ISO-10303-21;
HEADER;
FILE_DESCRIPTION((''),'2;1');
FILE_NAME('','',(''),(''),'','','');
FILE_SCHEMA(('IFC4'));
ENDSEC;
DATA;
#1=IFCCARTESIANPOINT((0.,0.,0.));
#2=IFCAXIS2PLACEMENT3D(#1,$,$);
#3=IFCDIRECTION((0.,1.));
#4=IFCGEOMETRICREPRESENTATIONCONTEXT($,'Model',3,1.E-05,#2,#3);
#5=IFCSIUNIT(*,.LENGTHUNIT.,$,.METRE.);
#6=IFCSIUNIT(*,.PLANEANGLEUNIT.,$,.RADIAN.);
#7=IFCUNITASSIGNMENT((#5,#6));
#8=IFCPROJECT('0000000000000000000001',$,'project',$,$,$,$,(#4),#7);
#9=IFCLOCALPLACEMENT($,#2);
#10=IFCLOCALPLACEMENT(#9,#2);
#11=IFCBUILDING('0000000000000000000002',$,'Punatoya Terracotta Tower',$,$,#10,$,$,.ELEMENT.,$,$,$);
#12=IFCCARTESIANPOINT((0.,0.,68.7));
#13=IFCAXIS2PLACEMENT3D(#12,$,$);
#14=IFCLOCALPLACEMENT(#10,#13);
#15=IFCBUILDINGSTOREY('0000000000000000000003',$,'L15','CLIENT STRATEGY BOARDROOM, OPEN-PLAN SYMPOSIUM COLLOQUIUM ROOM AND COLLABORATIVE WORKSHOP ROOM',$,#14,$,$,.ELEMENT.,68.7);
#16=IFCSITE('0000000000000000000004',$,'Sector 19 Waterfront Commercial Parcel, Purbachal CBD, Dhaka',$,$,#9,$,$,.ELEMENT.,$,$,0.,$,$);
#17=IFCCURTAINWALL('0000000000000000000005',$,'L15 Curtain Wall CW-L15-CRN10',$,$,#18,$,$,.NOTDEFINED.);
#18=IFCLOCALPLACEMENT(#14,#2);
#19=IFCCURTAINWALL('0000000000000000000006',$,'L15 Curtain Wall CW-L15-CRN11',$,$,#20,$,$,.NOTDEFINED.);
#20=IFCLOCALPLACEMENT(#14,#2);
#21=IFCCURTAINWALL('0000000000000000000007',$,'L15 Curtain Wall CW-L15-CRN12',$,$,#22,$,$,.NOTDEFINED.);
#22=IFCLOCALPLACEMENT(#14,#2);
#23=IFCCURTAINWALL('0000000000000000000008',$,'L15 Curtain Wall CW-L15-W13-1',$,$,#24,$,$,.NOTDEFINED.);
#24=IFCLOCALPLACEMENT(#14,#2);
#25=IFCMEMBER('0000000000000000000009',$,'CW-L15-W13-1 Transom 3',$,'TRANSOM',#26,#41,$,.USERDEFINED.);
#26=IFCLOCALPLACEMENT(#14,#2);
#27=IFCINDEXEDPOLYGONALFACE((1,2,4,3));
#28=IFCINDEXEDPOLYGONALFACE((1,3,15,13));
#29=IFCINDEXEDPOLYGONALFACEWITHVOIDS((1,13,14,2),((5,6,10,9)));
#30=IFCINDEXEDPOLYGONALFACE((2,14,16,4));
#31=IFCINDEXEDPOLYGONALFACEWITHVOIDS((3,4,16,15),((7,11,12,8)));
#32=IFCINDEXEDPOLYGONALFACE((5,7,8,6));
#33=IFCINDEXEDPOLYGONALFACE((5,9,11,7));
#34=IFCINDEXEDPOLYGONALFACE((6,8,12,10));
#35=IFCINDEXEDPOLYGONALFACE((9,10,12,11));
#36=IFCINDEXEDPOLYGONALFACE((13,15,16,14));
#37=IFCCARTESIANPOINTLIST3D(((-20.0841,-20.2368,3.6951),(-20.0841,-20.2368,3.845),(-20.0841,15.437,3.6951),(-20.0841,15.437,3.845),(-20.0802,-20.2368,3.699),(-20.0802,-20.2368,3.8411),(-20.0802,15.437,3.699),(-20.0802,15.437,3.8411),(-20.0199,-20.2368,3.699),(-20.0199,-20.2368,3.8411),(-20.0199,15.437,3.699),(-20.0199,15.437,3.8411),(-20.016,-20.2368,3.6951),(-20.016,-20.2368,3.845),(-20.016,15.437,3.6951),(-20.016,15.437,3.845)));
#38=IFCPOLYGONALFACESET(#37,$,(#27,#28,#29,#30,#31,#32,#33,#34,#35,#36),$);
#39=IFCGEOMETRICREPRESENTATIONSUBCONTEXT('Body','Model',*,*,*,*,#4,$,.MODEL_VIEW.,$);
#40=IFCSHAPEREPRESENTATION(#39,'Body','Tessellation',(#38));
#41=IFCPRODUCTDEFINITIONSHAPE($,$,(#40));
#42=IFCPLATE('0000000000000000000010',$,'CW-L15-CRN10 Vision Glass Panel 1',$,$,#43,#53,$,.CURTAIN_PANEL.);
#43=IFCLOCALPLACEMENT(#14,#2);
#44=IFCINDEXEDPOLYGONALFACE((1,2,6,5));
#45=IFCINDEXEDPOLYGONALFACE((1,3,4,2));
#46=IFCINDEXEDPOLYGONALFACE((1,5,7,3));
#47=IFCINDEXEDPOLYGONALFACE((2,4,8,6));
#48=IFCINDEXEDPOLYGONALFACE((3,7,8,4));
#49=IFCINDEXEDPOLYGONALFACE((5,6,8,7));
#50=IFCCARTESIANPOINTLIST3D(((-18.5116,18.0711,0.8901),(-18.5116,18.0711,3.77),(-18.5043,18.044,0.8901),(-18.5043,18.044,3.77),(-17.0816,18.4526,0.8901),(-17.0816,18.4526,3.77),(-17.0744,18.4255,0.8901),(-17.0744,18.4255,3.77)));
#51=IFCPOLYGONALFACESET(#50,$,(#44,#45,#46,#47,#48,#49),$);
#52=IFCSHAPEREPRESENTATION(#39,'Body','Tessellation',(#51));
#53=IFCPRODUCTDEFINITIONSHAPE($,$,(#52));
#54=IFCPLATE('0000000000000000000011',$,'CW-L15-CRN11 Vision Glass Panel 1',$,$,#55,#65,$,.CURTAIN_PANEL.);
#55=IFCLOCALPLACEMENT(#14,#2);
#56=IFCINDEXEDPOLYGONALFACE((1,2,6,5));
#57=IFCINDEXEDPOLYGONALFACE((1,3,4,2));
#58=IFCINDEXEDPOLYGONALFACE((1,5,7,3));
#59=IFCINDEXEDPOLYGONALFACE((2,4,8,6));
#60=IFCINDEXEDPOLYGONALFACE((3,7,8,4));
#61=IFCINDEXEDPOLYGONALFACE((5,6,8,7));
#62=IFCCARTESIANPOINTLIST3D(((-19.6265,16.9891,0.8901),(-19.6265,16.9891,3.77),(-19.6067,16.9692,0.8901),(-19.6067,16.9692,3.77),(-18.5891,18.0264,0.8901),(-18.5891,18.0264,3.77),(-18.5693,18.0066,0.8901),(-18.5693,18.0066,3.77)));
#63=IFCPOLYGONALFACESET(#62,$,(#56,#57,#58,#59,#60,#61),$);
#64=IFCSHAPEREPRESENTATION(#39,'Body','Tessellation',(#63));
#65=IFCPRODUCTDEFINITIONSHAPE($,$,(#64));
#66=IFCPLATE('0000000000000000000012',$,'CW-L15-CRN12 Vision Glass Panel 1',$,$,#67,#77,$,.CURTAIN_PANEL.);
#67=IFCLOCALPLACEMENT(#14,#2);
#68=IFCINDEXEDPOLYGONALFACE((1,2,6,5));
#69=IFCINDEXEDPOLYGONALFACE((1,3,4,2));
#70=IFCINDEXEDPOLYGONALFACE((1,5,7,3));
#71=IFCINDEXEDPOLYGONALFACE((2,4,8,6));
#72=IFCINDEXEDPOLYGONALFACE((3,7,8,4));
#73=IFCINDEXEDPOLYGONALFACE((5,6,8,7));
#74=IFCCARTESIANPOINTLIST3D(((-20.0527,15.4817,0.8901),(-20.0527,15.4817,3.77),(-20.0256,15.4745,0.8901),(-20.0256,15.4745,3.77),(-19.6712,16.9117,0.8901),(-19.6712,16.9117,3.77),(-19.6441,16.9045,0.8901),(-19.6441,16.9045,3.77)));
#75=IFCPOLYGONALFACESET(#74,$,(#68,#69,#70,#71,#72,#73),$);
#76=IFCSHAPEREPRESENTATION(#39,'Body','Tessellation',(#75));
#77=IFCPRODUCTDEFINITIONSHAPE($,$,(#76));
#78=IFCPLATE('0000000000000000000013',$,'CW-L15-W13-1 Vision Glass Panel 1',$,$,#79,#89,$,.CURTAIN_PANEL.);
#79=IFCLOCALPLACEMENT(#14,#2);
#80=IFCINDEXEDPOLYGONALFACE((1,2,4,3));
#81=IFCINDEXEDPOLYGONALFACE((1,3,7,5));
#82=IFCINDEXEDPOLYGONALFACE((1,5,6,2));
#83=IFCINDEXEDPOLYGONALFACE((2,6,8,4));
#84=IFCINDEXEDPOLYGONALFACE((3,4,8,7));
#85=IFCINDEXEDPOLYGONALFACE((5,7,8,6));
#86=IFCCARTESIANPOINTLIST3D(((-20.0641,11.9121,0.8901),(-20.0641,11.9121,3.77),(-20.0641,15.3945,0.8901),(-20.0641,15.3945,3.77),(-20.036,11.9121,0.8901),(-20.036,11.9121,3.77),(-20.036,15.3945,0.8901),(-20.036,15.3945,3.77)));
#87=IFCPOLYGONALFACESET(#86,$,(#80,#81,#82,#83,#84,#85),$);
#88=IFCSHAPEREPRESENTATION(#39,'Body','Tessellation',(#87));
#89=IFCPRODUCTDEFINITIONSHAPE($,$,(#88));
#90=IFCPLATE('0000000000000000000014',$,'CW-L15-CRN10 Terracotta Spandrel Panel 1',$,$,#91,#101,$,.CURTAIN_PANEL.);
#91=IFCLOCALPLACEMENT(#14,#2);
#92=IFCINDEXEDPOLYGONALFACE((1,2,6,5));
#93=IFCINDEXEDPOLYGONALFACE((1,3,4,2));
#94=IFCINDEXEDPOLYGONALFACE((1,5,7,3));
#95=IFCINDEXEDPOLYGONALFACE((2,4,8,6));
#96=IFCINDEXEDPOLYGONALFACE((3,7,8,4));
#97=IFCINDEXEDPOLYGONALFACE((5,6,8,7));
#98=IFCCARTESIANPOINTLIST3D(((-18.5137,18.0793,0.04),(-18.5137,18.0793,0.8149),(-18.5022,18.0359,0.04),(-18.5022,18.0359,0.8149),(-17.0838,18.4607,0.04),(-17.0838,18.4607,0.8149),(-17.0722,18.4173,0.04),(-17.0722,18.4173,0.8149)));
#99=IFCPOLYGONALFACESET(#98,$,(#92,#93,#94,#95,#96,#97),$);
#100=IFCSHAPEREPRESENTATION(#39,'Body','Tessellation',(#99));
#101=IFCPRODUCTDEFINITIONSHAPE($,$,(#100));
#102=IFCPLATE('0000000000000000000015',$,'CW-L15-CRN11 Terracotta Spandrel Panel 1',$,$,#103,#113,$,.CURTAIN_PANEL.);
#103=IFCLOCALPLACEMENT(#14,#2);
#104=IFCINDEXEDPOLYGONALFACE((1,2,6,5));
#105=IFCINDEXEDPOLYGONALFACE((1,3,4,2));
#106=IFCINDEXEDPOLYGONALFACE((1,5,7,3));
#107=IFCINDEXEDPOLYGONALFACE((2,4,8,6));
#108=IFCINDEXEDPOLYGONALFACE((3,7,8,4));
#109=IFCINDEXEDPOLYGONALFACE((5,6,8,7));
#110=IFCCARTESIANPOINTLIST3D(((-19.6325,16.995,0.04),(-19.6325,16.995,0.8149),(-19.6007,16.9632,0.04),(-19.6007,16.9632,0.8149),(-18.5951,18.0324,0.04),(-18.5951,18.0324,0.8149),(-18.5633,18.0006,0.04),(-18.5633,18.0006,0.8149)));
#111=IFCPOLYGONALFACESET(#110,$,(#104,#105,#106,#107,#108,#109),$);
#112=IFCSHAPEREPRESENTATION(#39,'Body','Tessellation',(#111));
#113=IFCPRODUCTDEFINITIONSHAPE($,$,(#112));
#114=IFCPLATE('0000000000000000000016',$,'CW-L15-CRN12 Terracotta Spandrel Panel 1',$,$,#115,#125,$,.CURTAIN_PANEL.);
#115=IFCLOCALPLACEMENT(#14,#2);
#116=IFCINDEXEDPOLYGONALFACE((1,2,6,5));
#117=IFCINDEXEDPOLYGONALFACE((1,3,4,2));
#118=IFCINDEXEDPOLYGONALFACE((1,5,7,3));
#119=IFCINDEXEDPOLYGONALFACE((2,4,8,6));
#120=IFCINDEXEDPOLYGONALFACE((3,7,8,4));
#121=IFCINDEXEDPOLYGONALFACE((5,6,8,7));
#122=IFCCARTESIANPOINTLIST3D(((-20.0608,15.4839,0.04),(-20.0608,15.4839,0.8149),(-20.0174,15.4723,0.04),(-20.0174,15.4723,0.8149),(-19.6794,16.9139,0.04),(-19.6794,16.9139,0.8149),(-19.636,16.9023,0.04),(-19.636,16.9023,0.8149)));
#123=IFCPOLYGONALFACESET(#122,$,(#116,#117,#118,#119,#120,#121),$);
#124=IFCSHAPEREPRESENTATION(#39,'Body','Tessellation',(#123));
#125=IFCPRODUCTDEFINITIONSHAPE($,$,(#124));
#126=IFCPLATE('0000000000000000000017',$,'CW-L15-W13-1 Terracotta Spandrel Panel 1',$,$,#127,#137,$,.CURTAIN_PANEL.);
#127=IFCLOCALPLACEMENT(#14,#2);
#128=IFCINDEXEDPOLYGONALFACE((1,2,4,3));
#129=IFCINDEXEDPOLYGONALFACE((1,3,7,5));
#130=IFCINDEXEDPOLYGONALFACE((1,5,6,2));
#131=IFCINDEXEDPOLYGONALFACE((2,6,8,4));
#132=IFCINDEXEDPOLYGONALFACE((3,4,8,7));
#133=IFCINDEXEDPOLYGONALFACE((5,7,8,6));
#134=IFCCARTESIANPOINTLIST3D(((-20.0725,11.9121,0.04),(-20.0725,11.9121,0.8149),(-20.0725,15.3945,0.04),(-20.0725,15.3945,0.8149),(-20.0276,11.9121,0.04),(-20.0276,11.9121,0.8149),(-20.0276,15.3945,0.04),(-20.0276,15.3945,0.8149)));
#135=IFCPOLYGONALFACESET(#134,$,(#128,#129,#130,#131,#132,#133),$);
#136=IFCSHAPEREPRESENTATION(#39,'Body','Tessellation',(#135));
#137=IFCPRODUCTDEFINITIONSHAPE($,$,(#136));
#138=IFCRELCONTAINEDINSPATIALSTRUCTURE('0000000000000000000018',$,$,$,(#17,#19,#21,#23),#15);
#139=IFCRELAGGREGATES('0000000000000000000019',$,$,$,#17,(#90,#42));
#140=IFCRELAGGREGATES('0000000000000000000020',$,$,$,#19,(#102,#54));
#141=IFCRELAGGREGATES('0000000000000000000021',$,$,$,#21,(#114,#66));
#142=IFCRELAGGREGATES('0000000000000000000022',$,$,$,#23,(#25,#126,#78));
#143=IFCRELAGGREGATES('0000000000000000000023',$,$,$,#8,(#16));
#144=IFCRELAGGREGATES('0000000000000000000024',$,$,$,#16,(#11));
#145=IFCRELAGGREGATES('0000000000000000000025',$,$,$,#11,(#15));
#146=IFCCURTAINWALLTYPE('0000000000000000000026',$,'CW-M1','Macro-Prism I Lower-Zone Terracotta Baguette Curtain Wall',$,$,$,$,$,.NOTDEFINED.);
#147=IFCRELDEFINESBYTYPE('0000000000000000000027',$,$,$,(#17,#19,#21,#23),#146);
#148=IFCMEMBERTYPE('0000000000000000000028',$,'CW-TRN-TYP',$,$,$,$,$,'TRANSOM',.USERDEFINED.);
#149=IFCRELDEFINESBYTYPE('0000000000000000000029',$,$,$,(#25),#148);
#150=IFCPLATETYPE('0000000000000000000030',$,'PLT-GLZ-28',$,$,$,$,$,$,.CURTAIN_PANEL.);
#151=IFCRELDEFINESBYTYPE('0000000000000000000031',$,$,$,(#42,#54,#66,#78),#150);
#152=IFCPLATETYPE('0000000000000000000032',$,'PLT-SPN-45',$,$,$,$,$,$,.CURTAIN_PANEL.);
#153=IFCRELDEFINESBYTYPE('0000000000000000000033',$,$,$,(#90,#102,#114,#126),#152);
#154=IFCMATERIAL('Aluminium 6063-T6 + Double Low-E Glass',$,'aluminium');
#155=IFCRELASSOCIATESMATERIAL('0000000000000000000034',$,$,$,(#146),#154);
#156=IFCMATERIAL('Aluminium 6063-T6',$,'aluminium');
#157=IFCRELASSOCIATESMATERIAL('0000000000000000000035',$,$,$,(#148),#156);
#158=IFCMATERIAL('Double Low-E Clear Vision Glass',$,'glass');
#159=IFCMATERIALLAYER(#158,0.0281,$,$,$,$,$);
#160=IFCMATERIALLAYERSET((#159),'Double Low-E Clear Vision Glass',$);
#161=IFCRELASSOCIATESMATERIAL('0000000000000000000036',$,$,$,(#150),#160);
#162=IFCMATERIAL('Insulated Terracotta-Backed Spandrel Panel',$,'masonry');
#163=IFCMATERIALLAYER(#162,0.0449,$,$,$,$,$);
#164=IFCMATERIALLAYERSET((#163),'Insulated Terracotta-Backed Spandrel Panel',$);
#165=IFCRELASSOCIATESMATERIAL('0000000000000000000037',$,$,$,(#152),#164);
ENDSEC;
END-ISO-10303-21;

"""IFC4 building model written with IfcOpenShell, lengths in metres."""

from ifc_helpers import new_model, si_unit, direction, frame, origin, origin_2d, place, context, subcontext, project, spatial, rectangle, hollow_rectangle, extrude, material, layer, layer_set, material_profile, profile_set, type_object, element, aggregate, save


model = new_model("IFC4")

# Units and contexts
model_context = context("Model", 3, precision=1e-05, world=origin(), true_north=direction((0.0, 1.0)))
body_context = subcontext(model_context, "Body", "Model", "MODEL_VIEW")
ifc_project = project(units=[si_unit("LENGTHUNIT", "METRE"), si_unit("PLANEANGLEUNIT", "RADIAN")], contexts=[model_context])

# Site, building, storey
site_placement = place(None, origin())
site = spatial("IfcSite", under=ifc_project, at=site_placement, Name="Sector 19 Waterfront Commercial Parcel, Purbachal CBD, Dhaka", CompositionType="ELEMENT", RefElevation=0.0)
building_placement = place(site_placement, origin())
building = spatial("IfcBuilding", under=site, at=building_placement, Name="Punatoya Terracotta Tower", CompositionType="ELEMENT")
storey_placement = place(building_placement, frame((0.0, 0.0, 68.7)))
storey = spatial("IfcBuildingStorey", under=building, at=storey_placement, Name="L15", Description="CLIENT STRATEGY BOARDROOM, OPEN-PLAN SYMPOSIUM COLLOQUIUM ROOM AND COLLABORATIVE WORKSHOP ROOM", CompositionType="ELEMENT", Elevation=68.7)

# Curtain wall
ifc_material_1 = material(Name="Aluminium 6063-T6 + Double Low-E Glass", Category="aluminium")
curtain_wall_type = type_object("IfcCurtainWallType", Name="CW-M1", Description="Macro-Prism I Lower-Zone Terracotta Baguette Curtain Wall", PredefinedType="NOTDEFINED", material=ifc_material_1)
curtain_wall_1_placement = place(storey_placement, origin())
curtain_wall_1 = element("IfcCurtainWall", 1, at=curtain_wall_1_placement, inside=storey, type_object=curtain_wall_type, Name="L15 Curtain Wall CW-L15-CRN10", PredefinedType="NOTDEFINED")
ifc_material_2 = material(Name="Aluminium 6063-T6", Category="aluminium")

# Curtain walls
curtain_wall_2_placement = place(storey_placement, origin())
curtain_wall_2 = element("IfcCurtainWall", 2, at=curtain_wall_2_placement, inside=storey, type_object=curtain_wall_type, Name="L15 Curtain Wall CW-L15-CRN11", PredefinedType="NOTDEFINED")
curtain_wall_3_placement = place(storey_placement, origin())
curtain_wall_3 = element("IfcCurtainWall", 3, at=curtain_wall_3_placement, inside=storey, type_object=curtain_wall_type, Name="L15 Curtain Wall CW-L15-CRN12", PredefinedType="NOTDEFINED")
curtain_wall_4_placement = place(storey_placement, origin())
curtain_wall_4 = element("IfcCurtainWall", 4, at=curtain_wall_4_placement, inside=storey, type_object=curtain_wall_type, Name="L15 Curtain Wall CW-L15-W13-1", PredefinedType="NOTDEFINED")

# Member
ifc_material_profile_1 = material_profile(ifc_material_2, hollow_rectangle(XDim=0.0681, YDim=0.1499, WallThickness=0.0039, at=origin_2d()))
ifc_profile_set_1 = profile_set([ifc_material_profile_1], Name="Aluminium 6063-T6")
member_type_1 = type_object("IfcMemberType", Name="CW-TRN-TYP", ElementType="TRANSOM", PredefinedType="USERDEFINED", material=ifc_profile_set_1)
member_1_placement = place(storey_placement, frame((-20.05, 15.437, 3.77), z_axis=(0.0, -1.0, 0.0), x_axis=(1.0, 0.0, 0.0)))
member_1 = element("IfcMember", 5, at=member_1_placement, type_object=member_type_1, Name="CW-L15-W13-1 Transom 3", ObjectType="TRANSOM", PredefinedType="USERDEFINED", context=body_context, shape_type="SweptSolid", body=[
    extrude(hollow_rectangle(XDim=0.0681, YDim=0.1499, WallThickness=0.0039, at=origin_2d()), origin(), (0.0, 0.0, 1.0), 35.6738),
])

# Plates
ifc_material_3 = material(Name="Double Low-E Clear Vision Glass", Category="glass")
ifc_layer_1 = layer(ifc_material_3, 0.0281)
ifc_layer_set_1 = layer_set([ifc_layer_1], Name="Double Low-E Clear Vision Glass")
plate_type_1 = type_object("IfcPlateType", Name="PLT-GLZ-28", PredefinedType="CURTAIN_PANEL", material=ifc_layer_set_1)
plate_1_placement = place(storey_placement, frame((-17.793, 18.2483, 0.8901), z_axis=(0.0, 0.0, 1.0), x_axis=(-0.966214, -0.257742, 0.0)))
plate_1 = element("IfcPlate", 6, at=plate_1_placement, type_object=plate_type_1, Name="CW-L15-CRN10 Vision Glass Panel 1", PredefinedType="CURTAIN_PANEL", context=body_context, shape_type="SweptSolid", body=[
    extrude(rectangle(XDim=1.48, YDim=0.0281, at=origin_2d()), origin(), (0.0, 0.0, 1.0), 2.8799),
])
plate_2_placement = place(storey_placement, frame((-19.0979, 17.4978, 0.8901), z_axis=(0.0, 0.0, 1.0), x_axis=(-0.707107, -0.707107, 0.0)))
plate_2 = element("IfcPlate", 7, at=plate_2_placement, type_object=plate_type_1, Name="CW-L15-CRN11 Vision Glass Panel 1", PredefinedType="CURTAIN_PANEL", context=body_context, shape_type="SweptSolid", body=[
    extrude(rectangle(XDim=1.467, YDim=0.0281, at=origin_2d()), origin(), (0.0, 0.0, 1.0), 2.8799),
])
plate_3_placement = place(storey_placement, frame((-19.8484, 16.1931, 0.8901), z_axis=(0.0, 0.0, 1.0), x_axis=(-0.257742, -0.966214, 0.0)))
plate_3 = element("IfcPlate", 8, at=plate_3_placement, type_object=plate_type_1, Name="CW-L15-CRN12 Vision Glass Panel 1", PredefinedType="CURTAIN_PANEL", context=body_context, shape_type="SweptSolid", body=[
    extrude(rectangle(XDim=1.48, YDim=0.0281, at=origin_2d()), origin(), (0.0, 0.0, 1.0), 2.8799),
])
plate_4_placement = place(storey_placement, frame((-20.05, 13.6533, 0.8901), z_axis=(0.0, 0.0, 1.0), x_axis=(0.0, -1.0, 0.0)))
plate_4 = element("IfcPlate", 9, at=plate_4_placement, type_object=plate_type_1, Name="CW-L15-W13-1 Vision Glass Panel 1", PredefinedType="CURTAIN_PANEL", context=body_context, shape_type="SweptSolid", body=[
    extrude(rectangle(XDim=3.4824, YDim=0.0281, at=origin_2d()), origin(), (0.0, 0.0, 1.0), 2.8799),
])
ifc_material_4 = material(Name="Insulated Terracotta-Backed Spandrel Panel", Category="masonry")
ifc_layer_2 = layer(ifc_material_4, 0.0449)
ifc_layer_set_2 = layer_set([ifc_layer_2], Name="Insulated Terracotta-Backed Spandrel Panel")
plate_type_2 = type_object("IfcPlateType", Name="PLT-SPN-45", PredefinedType="CURTAIN_PANEL", material=ifc_layer_set_2)
plate_5_placement = place(storey_placement, frame((-17.793, 18.2483, 0.04), z_axis=(0.0, 0.0, 1.0), x_axis=(-0.966214, -0.257742, 0.0)))
plate_5 = element("IfcPlate", 10, at=plate_5_placement, type_object=plate_type_2, Name="CW-L15-CRN10 Terracotta Spandrel Panel 1", PredefinedType="CURTAIN_PANEL", context=body_context, shape_type="SweptSolid", body=[
    extrude(rectangle(XDim=1.48, YDim=0.0449, at=origin_2d()), origin(), (0.0, 0.0, 1.0), 0.7749),
])
aggregate(curtain_wall_1, [plate_5, plate_1])
plate_6_placement = place(storey_placement, frame((-19.0979, 17.4978, 0.04), z_axis=(0.0, 0.0, 1.0), x_axis=(-0.707107, -0.707107, 0.0)))
plate_6 = element("IfcPlate", 11, at=plate_6_placement, type_object=plate_type_2, Name="CW-L15-CRN11 Terracotta Spandrel Panel 1", PredefinedType="CURTAIN_PANEL", context=body_context, shape_type="SweptSolid", body=[
    extrude(rectangle(XDim=1.467, YDim=0.0449, at=origin_2d()), origin(), (0.0, 0.0, 1.0), 0.7749),
])
aggregate(curtain_wall_2, [plate_6, plate_2])
plate_7_placement = place(storey_placement, frame((-19.8484, 16.1931, 0.04), z_axis=(0.0, 0.0, 1.0), x_axis=(-0.257742, -0.966214, 0.0)))
plate_7 = element("IfcPlate", 12, at=plate_7_placement, type_object=plate_type_2, Name="CW-L15-CRN12 Terracotta Spandrel Panel 1", PredefinedType="CURTAIN_PANEL", context=body_context, shape_type="SweptSolid", body=[
    extrude(rectangle(XDim=1.48, YDim=0.0449, at=origin_2d()), origin(), (0.0, 0.0, 1.0), 0.7749),
])
aggregate(curtain_wall_3, [plate_7, plate_3])
plate_8_placement = place(storey_placement, frame((-20.05, 13.6533, 0.04), z_axis=(0.0, 0.0, 1.0), x_axis=(0.0, -1.0, 0.0)))
plate_8 = element("IfcPlate", 13, at=plate_8_placement, type_object=plate_type_2, Name="CW-L15-W13-1 Terracotta Spandrel Panel 1", PredefinedType="CURTAIN_PANEL", context=body_context, shape_type="SweptSolid", body=[
    extrude(rectangle(XDim=3.4824, YDim=0.0449, at=origin_2d()), origin(), (0.0, 0.0, 1.0), 0.7749),
])
aggregate(curtain_wall_4, [member_1, plate_8, plate_4])

save(model, "model.ifc")
